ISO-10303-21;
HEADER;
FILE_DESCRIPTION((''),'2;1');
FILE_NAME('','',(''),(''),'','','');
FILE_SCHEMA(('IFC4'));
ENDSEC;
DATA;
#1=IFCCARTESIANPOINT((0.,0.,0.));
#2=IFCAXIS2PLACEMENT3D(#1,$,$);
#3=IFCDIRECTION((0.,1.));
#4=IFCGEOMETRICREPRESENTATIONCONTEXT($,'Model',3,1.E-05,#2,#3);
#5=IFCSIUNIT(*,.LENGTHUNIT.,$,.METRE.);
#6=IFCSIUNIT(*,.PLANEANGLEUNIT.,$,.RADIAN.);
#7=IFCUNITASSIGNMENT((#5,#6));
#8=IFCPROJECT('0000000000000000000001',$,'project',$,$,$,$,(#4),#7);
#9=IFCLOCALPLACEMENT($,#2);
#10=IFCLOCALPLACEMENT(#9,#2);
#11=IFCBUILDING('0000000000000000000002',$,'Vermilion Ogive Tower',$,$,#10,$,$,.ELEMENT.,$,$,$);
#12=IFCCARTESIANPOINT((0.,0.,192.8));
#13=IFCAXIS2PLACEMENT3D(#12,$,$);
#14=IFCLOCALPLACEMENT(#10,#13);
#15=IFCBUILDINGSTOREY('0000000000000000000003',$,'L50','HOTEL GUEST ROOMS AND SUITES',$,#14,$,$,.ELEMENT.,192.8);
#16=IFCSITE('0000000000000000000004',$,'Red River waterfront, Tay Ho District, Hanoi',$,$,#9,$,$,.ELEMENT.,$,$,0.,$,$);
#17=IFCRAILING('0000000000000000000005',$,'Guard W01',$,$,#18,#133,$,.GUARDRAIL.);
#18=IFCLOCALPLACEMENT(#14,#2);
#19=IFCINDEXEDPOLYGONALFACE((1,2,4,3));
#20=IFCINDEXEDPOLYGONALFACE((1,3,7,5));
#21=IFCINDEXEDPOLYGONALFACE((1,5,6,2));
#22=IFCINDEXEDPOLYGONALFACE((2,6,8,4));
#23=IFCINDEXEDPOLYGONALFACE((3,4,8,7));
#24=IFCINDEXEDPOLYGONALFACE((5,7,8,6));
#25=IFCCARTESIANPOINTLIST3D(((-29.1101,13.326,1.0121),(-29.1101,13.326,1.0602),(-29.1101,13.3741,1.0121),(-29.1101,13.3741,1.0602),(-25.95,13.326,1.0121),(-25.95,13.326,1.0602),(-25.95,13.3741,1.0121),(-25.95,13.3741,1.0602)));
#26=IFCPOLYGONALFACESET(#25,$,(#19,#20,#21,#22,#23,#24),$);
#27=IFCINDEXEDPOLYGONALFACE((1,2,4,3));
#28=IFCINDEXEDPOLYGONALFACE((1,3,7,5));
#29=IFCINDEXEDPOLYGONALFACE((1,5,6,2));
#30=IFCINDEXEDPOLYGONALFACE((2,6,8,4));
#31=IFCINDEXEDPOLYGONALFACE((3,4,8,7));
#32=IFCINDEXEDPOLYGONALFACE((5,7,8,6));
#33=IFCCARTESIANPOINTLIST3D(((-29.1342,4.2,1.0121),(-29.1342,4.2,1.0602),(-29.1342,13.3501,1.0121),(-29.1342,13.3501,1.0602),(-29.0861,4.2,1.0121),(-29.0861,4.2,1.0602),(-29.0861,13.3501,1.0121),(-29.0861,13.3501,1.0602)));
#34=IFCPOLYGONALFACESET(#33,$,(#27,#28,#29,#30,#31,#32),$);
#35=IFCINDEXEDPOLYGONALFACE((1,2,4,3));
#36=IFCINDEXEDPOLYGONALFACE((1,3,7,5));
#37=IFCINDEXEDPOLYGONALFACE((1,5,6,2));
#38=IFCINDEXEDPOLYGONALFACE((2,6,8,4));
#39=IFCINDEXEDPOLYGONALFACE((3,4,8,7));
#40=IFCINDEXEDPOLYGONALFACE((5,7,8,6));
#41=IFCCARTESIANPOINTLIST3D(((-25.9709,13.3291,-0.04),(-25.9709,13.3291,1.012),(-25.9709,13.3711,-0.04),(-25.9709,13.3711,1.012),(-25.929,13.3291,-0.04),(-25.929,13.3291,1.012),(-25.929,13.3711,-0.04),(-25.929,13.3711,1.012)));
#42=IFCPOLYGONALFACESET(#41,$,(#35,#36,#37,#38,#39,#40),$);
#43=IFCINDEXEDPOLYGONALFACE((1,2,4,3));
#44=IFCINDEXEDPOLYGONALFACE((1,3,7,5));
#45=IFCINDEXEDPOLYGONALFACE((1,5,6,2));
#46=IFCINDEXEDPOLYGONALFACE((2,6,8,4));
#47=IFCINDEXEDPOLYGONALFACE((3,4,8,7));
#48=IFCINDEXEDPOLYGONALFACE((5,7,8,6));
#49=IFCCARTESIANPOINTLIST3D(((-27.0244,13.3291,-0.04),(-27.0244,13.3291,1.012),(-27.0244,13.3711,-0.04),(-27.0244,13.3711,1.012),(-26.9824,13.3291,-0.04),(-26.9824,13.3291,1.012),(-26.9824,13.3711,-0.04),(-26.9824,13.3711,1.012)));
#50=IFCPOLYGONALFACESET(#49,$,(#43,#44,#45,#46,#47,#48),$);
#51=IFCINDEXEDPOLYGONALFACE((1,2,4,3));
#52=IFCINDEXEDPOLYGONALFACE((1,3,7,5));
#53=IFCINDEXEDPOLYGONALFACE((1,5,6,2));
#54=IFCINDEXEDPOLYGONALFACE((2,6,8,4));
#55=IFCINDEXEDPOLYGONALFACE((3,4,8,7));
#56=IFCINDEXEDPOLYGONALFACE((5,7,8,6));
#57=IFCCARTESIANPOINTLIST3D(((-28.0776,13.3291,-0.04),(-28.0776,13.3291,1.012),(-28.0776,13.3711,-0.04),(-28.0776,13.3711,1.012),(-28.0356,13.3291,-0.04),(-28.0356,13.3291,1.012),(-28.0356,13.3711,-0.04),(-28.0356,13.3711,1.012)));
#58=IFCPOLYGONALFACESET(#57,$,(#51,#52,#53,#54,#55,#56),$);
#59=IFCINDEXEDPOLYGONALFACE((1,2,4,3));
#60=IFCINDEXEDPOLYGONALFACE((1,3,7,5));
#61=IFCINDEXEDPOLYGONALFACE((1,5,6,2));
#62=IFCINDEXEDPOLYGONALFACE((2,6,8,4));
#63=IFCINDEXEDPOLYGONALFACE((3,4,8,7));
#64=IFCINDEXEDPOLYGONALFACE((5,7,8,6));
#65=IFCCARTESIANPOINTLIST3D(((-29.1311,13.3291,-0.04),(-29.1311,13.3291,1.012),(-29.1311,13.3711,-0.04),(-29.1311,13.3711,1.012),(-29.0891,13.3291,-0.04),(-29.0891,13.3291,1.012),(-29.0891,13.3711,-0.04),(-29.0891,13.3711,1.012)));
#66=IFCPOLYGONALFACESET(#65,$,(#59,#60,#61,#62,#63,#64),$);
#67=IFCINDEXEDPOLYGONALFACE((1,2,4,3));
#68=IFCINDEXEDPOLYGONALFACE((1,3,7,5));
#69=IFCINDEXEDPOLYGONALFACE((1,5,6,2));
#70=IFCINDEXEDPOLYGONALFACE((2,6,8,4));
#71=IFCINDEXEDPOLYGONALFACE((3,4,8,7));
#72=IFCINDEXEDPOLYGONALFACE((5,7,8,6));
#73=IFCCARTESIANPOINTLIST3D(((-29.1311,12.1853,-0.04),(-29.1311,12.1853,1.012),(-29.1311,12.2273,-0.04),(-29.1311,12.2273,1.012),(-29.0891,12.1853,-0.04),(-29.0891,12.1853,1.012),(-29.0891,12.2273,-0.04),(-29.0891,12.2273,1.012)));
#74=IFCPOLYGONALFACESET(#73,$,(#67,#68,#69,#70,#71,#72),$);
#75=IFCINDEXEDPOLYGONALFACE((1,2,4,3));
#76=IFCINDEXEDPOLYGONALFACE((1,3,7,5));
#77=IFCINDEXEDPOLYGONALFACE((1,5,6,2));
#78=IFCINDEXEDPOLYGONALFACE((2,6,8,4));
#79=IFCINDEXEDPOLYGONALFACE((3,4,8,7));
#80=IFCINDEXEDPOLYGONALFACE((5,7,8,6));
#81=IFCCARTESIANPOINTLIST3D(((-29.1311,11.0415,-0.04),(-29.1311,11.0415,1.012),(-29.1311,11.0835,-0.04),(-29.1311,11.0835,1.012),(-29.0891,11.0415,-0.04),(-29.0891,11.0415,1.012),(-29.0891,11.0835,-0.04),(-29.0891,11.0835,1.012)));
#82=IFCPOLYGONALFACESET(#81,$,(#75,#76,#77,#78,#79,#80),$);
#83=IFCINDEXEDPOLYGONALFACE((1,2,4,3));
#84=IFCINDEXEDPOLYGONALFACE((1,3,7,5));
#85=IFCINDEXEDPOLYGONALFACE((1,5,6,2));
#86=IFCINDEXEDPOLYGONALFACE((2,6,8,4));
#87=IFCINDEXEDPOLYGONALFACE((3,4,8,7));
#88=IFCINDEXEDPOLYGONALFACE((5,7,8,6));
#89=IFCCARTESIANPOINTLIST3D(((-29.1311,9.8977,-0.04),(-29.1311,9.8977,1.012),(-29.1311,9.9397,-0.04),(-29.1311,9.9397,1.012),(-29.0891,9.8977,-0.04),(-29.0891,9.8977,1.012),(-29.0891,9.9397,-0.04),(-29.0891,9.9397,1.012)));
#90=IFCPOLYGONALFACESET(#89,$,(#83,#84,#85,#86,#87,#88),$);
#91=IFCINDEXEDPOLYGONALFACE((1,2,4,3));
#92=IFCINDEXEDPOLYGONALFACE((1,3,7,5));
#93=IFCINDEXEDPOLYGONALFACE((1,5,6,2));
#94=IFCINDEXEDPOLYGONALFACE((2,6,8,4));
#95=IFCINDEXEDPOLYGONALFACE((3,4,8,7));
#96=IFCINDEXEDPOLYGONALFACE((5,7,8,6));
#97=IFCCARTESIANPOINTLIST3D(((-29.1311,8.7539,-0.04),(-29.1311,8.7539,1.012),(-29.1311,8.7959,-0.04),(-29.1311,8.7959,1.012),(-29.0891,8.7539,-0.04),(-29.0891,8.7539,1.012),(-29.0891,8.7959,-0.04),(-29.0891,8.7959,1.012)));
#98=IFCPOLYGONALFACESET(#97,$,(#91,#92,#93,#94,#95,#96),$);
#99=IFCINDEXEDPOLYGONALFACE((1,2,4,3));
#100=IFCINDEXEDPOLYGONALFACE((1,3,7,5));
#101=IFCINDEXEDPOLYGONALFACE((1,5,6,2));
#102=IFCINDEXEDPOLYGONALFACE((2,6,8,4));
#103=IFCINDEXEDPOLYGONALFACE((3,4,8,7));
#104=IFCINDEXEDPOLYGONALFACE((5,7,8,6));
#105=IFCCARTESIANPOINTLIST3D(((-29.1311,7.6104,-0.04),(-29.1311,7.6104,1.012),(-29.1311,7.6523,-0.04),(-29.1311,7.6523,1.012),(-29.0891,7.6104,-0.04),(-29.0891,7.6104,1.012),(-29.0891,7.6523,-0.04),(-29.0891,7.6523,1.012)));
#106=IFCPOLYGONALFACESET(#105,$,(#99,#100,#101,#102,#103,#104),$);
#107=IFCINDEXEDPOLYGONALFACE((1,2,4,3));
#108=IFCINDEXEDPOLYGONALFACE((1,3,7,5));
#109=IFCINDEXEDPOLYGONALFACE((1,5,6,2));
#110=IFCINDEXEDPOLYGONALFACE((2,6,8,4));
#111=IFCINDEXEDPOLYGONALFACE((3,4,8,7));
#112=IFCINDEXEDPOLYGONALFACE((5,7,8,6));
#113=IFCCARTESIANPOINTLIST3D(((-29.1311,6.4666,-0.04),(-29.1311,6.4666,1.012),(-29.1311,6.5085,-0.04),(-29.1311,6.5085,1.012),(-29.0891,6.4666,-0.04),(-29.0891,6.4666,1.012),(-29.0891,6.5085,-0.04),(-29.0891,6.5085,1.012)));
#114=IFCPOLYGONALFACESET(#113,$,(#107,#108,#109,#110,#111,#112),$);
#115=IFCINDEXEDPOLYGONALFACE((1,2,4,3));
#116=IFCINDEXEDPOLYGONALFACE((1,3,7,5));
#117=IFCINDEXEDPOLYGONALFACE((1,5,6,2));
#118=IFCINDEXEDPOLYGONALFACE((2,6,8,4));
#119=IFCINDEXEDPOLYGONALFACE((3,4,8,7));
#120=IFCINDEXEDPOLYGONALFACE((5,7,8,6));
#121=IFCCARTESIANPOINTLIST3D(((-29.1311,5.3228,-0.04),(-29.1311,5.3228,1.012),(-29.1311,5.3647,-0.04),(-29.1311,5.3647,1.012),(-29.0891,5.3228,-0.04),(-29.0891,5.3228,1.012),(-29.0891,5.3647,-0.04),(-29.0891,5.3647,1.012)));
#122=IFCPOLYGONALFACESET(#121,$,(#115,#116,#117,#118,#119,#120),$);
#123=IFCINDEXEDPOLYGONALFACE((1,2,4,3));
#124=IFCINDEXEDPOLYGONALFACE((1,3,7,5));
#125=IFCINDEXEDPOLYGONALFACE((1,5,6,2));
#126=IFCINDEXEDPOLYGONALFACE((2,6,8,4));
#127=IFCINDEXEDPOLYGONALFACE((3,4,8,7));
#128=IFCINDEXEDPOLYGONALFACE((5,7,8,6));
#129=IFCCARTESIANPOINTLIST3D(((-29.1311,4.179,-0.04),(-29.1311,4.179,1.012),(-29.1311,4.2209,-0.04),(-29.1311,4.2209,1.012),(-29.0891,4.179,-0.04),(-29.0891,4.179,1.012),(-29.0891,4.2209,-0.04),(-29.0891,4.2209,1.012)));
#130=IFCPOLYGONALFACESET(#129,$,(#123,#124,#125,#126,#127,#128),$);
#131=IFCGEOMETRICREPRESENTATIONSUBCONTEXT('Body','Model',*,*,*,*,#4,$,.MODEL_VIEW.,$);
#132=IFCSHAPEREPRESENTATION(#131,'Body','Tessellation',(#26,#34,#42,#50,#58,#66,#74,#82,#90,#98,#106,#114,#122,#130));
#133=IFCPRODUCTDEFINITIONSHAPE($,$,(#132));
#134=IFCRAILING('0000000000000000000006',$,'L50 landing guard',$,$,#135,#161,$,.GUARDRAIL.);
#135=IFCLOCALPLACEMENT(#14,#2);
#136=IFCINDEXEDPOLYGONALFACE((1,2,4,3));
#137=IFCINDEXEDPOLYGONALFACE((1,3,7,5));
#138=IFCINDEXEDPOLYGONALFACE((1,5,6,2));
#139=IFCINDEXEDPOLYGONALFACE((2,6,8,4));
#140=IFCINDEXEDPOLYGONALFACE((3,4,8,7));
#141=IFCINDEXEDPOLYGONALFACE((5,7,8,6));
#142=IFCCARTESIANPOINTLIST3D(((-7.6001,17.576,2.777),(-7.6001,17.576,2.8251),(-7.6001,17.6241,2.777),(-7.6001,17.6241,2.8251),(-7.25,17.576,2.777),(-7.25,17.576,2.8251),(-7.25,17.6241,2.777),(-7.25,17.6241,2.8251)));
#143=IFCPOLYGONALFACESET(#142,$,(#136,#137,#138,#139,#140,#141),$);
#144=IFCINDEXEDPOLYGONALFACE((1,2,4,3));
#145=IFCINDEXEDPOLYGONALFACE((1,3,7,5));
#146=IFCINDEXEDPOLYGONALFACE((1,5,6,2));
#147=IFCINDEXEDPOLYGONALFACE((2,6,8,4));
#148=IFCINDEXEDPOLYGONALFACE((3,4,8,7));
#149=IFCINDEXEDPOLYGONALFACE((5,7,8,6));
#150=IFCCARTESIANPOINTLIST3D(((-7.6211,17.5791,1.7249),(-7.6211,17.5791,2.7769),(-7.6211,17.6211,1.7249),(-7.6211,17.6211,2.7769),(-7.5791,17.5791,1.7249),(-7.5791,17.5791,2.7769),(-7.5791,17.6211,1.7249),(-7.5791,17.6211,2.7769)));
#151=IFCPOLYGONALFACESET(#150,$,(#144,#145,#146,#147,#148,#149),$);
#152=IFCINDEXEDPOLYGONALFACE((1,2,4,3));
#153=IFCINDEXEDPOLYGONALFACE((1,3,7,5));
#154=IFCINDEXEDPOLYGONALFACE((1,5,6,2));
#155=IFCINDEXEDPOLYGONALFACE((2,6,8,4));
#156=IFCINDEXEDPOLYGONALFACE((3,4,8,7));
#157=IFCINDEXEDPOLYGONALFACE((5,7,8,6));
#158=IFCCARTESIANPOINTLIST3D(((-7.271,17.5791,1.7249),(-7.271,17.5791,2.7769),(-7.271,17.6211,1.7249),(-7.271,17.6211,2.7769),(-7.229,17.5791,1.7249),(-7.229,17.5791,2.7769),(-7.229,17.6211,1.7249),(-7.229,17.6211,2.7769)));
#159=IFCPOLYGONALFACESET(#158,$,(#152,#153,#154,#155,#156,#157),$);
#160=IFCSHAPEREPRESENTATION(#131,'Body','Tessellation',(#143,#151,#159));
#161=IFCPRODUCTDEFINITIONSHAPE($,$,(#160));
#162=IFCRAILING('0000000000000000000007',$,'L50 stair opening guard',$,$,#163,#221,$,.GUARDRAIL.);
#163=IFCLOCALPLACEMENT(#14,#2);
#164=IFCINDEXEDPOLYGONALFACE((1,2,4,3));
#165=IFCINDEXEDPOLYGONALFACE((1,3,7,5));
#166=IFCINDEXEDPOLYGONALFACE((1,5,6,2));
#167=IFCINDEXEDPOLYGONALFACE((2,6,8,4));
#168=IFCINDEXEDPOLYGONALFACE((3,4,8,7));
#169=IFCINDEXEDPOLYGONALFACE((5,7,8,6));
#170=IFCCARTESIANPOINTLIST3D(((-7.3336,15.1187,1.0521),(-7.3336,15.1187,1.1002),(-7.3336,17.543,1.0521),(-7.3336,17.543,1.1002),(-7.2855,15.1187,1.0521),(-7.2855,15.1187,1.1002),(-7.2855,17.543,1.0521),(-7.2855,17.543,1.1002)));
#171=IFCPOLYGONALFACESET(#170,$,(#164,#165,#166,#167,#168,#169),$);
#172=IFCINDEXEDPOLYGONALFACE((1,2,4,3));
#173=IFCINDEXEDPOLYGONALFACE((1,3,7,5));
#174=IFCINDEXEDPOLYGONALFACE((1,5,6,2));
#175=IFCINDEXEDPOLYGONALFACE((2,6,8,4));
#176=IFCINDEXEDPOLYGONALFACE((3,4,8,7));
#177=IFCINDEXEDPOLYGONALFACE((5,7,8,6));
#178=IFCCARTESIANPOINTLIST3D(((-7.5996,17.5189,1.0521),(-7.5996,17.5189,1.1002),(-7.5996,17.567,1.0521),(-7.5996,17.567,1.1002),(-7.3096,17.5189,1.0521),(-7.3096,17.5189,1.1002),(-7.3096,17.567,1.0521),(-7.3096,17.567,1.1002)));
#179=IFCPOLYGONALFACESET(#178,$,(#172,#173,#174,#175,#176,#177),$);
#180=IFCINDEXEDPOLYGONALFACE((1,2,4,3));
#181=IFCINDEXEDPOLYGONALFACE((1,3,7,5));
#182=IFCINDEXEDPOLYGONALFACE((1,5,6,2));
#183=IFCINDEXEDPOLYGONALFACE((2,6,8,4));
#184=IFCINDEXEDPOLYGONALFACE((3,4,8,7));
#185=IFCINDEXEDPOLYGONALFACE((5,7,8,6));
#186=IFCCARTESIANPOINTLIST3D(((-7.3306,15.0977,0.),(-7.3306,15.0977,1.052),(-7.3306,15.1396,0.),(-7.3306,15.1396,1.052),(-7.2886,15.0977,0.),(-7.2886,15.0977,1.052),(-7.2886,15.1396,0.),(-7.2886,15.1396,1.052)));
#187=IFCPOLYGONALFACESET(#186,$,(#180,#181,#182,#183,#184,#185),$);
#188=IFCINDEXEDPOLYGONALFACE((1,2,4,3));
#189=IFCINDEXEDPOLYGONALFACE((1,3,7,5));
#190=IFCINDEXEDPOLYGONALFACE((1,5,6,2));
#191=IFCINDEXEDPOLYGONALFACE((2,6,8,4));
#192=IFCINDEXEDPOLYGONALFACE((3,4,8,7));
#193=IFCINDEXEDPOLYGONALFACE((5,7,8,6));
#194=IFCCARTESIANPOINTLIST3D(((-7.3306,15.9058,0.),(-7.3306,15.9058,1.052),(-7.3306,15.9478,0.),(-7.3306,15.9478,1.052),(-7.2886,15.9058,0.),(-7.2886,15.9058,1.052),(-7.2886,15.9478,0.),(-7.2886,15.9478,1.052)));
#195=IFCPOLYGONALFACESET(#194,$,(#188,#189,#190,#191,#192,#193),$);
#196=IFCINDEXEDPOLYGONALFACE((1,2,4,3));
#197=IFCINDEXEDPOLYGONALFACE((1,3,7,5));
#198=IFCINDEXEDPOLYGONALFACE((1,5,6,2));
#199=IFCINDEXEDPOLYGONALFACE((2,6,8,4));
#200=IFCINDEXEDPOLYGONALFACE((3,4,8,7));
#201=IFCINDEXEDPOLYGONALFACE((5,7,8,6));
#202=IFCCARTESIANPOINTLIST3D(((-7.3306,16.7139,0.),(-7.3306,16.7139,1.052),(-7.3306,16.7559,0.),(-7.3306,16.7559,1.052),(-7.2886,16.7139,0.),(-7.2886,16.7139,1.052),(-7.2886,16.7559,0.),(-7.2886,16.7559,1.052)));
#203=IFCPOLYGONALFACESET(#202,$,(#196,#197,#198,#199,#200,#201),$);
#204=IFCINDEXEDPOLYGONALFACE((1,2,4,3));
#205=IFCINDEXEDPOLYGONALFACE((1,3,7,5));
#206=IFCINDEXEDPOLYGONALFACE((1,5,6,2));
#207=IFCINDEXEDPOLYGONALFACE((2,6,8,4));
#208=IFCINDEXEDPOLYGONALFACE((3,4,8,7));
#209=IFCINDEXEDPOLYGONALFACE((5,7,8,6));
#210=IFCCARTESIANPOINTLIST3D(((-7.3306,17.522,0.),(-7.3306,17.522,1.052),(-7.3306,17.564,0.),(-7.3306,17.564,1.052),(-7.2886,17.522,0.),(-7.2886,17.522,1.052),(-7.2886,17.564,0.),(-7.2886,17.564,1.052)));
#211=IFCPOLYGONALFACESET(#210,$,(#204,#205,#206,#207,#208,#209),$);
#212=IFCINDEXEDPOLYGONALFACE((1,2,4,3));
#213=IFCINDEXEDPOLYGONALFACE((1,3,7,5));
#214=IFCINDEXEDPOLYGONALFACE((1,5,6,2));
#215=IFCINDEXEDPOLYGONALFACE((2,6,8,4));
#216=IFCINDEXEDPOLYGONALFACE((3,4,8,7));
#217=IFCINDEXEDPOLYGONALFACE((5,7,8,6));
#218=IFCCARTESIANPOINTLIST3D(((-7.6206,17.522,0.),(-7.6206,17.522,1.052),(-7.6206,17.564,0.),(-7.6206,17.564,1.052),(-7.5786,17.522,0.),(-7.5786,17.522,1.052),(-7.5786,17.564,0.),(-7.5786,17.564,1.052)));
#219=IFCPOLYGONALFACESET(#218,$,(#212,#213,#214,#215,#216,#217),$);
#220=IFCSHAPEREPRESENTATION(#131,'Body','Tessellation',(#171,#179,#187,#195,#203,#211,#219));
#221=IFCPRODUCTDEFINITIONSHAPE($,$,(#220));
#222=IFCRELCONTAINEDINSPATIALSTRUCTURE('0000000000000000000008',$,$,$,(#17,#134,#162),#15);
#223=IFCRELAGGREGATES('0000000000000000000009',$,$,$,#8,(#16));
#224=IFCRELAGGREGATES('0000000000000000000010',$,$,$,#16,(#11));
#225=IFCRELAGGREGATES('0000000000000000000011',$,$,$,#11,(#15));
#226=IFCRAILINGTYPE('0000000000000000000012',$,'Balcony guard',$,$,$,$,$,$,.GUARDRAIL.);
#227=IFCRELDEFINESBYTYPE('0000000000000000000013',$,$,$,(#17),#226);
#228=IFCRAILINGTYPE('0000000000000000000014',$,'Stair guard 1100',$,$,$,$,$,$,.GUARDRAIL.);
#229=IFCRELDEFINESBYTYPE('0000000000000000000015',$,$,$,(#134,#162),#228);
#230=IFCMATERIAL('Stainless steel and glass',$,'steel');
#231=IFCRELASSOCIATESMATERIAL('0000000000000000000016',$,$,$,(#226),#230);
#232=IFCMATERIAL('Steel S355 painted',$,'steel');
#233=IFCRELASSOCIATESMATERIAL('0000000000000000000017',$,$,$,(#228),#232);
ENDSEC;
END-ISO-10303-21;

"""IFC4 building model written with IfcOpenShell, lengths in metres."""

from ifc_helpers import new_model, si_unit, direction, frame, origin, origin_2d, place, context, subcontext, project, spatial, rectangle, extrude, material, type_object, element, save


model = new_model("IFC4")

# Units and contexts
model_context = context("Model", 3, precision=1e-05, world=origin(), true_north=direction((0.0, 1.0)))
body_context = subcontext(model_context, "Body", "Model", "MODEL_VIEW")
ifc_project = project(units=[si_unit("LENGTHUNIT", "METRE"), si_unit("PLANEANGLEUNIT", "RADIAN")], contexts=[model_context])

# Site, building, storey
site_placement = place(None, origin())
site = spatial("IfcSite", under=ifc_project, at=site_placement, Name="Red River waterfront, Tay Ho District, Hanoi", CompositionType="ELEMENT", RefElevation=0.0)
building_placement = place(site_placement, origin())
building = spatial("IfcBuilding", under=site, at=building_placement, Name="Vermilion Ogive Tower", CompositionType="ELEMENT")
storey_placement = place(building_placement, frame((0.0, 0.0, 192.8)))
storey = spatial("IfcBuildingStorey", under=building, at=storey_placement, Name="L50", Description="HOTEL GUEST ROOMS AND SUITES", CompositionType="ELEMENT", Elevation=192.8)

# Railings
ifc_material_1 = material(Name="Stainless steel and glass", Category="steel")
railing_type_1 = type_object("IfcRailingType", Name="Balcony guard", PredefinedType="GUARDRAIL", material=ifc_material_1)
railing_1_placement = place(storey_placement, frame((-25.95, 13.3501, -0.04)))
element("IfcRailing", 1, at=railing_1_placement, inside=storey, type_object=railing_type_1, Name="Guard W01", PredefinedType="GUARDRAIL", context=body_context, shape_type="SweptSolid", body=[
    extrude(rectangle(XDim=0.0481, YDim=0.0481, at=origin_2d()), frame((0.0, 0.0, 1.0762), z_axis=(-1.0, 0.0, 0.0), x_axis=(0.0, -1.0, 0.0)), (0.0, 0.0, 1.0), 3.1602),
    extrude(rectangle(XDim=0.0481, YDim=0.0481, at=origin_2d()), frame((-3.1602, 0.0, 1.0762), z_axis=(0.0, -1.0, 0.0), x_axis=(1.0, 0.0, 0.0)), (0.0, 0.0, 1.0), 9.1501),
    extrude(rectangle(XDim=0.042, YDim=0.042, at=origin_2d()), origin(), (0.0, 0.0, 1.0), 1.052),
    extrude(rectangle(XDim=0.042, YDim=0.042, at=origin_2d()), frame((-1.0535, 0.0, 0.0)), (0.0, 0.0, 1.0), 1.052),
    extrude(rectangle(XDim=0.042, YDim=0.042, at=origin_2d()), frame((-2.1067, 0.0, 0.0)), (0.0, 0.0, 1.0), 1.052),
    extrude(rectangle(XDim=0.042, YDim=0.042, at=origin_2d()), frame((-3.1602, 0.0, 0.0)), (0.0, 0.0, 1.0), 1.052),
    extrude(rectangle(XDim=0.042, YDim=0.042, at=origin_2d()), frame((-3.1602, -1.1438, 0.0)), (0.0, 0.0, 1.0), 1.052),
    extrude(rectangle(XDim=0.042, YDim=0.042, at=origin_2d()), frame((-3.1602, -2.2876, 0.0)), (0.0, 0.0, 1.0), 1.052),
    extrude(rectangle(XDim=0.042, YDim=0.042, at=origin_2d()), frame((-3.1602, -3.4314, 0.0)), (0.0, 0.0, 1.0), 1.052),
    extrude(rectangle(XDim=0.042, YDim=0.042, at=origin_2d()), frame((-3.1602, -4.5752, 0.0)), (0.0, 0.0, 1.0), 1.052),
    extrude(rectangle(XDim=0.042, YDim=0.042, at=origin_2d()), frame((-3.1602, -5.7188, 0.0)), (0.0, 0.0, 1.0), 1.052),
    extrude(rectangle(XDim=0.042, YDim=0.042, at=origin_2d()), frame((-3.1602, -6.8625, 0.0)), (0.0, 0.0, 1.0), 1.052),
    extrude(rectangle(XDim=0.042, YDim=0.042, at=origin_2d()), frame((-3.1602, -8.0063, 0.0)), (0.0, 0.0, 1.0), 1.052),
    extrude(rectangle(XDim=0.042, YDim=0.042, at=origin_2d()), frame((-3.1602, -9.1501, 0.0)), (0.0, 0.0, 1.0), 1.052),
])
ifc_material_2 = material(Name="Steel S355 painted", Category="steel")
railing_type_2 = type_object("IfcRailingType", Name="Stair guard 1100", PredefinedType="GUARDRAIL", material=ifc_material_2)
railing_2_placement = place(storey_placement, frame((-7.6001, 17.6001, 1.7249)))
element("IfcRailing", 2, at=railing_2_placement, inside=storey, type_object=railing_type_2, Name="L50 landing guard", PredefinedType="GUARDRAIL", context=body_context, shape_type="SweptSolid", body=[
    extrude(rectangle(XDim=0.0481, YDim=0.0481, at=origin_2d()), frame((0.0, 0.0, 1.0762), z_axis=(1.0, 0.0, 0.0), x_axis=(0.0, 1.0, 0.0)), (0.0, 0.0, 1.0), 0.3501),
    extrude(rectangle(XDim=0.042, YDim=0.042, at=origin_2d()), origin(), (0.0, 0.0, 1.0), 1.052),
    extrude(rectangle(XDim=0.042, YDim=0.042, at=origin_2d()), frame((0.3501, 0.0, 0.0)), (0.0, 0.0, 1.0), 1.052),
])
railing_3_placement = place(storey_placement, frame((-7.3096, 15.1187, 0.0)))
element("IfcRailing", 3, at=railing_3_placement, inside=storey, type_object=railing_type_2, Name="L50 stair opening guard", PredefinedType="GUARDRAIL", context=body_context, shape_type="SweptSolid", body=[
    extrude(rectangle(XDim=0.0481, YDim=0.0481, at=origin_2d()), frame((0.0, 0.0, 1.0762), z_axis=(0.0, 1.0, 0.0), x_axis=(-1.0, 0.0, 0.0)), (0.0, 0.0, 1.0), 2.4243),
    extrude(rectangle(XDim=0.0481, YDim=0.0481, at=origin_2d()), frame((0.0, 2.4243, 1.0762), z_axis=(-1.0, 0.0, 0.0), x_axis=(0.0, -1.0, 0.0)), (0.0, 0.0, 1.0), 0.29),
    extrude(rectangle(XDim=0.042, YDim=0.042, at=origin_2d()), origin(), (0.0, 0.0, 1.0), 1.052),
    extrude(rectangle(XDim=0.042, YDim=0.042, at=origin_2d()), frame((0.0, 0.8081, 0.0)), (0.0, 0.0, 1.0), 1.052),
    extrude(rectangle(XDim=0.042, YDim=0.042, at=origin_2d()), frame((0.0, 1.6162, 0.0)), (0.0, 0.0, 1.0), 1.052),
    extrude(rectangle(XDim=0.042, YDim=0.042, at=origin_2d()), frame((0.0, 2.4243, 0.0)), (0.0, 0.0, 1.0), 1.052),
    extrude(rectangle(XDim=0.042, YDim=0.042, at=origin_2d()), frame((-0.29, 2.4243, 0.0)), (0.0, 0.0, 1.0), 1.052),
])

save(model, "model.ifc")
